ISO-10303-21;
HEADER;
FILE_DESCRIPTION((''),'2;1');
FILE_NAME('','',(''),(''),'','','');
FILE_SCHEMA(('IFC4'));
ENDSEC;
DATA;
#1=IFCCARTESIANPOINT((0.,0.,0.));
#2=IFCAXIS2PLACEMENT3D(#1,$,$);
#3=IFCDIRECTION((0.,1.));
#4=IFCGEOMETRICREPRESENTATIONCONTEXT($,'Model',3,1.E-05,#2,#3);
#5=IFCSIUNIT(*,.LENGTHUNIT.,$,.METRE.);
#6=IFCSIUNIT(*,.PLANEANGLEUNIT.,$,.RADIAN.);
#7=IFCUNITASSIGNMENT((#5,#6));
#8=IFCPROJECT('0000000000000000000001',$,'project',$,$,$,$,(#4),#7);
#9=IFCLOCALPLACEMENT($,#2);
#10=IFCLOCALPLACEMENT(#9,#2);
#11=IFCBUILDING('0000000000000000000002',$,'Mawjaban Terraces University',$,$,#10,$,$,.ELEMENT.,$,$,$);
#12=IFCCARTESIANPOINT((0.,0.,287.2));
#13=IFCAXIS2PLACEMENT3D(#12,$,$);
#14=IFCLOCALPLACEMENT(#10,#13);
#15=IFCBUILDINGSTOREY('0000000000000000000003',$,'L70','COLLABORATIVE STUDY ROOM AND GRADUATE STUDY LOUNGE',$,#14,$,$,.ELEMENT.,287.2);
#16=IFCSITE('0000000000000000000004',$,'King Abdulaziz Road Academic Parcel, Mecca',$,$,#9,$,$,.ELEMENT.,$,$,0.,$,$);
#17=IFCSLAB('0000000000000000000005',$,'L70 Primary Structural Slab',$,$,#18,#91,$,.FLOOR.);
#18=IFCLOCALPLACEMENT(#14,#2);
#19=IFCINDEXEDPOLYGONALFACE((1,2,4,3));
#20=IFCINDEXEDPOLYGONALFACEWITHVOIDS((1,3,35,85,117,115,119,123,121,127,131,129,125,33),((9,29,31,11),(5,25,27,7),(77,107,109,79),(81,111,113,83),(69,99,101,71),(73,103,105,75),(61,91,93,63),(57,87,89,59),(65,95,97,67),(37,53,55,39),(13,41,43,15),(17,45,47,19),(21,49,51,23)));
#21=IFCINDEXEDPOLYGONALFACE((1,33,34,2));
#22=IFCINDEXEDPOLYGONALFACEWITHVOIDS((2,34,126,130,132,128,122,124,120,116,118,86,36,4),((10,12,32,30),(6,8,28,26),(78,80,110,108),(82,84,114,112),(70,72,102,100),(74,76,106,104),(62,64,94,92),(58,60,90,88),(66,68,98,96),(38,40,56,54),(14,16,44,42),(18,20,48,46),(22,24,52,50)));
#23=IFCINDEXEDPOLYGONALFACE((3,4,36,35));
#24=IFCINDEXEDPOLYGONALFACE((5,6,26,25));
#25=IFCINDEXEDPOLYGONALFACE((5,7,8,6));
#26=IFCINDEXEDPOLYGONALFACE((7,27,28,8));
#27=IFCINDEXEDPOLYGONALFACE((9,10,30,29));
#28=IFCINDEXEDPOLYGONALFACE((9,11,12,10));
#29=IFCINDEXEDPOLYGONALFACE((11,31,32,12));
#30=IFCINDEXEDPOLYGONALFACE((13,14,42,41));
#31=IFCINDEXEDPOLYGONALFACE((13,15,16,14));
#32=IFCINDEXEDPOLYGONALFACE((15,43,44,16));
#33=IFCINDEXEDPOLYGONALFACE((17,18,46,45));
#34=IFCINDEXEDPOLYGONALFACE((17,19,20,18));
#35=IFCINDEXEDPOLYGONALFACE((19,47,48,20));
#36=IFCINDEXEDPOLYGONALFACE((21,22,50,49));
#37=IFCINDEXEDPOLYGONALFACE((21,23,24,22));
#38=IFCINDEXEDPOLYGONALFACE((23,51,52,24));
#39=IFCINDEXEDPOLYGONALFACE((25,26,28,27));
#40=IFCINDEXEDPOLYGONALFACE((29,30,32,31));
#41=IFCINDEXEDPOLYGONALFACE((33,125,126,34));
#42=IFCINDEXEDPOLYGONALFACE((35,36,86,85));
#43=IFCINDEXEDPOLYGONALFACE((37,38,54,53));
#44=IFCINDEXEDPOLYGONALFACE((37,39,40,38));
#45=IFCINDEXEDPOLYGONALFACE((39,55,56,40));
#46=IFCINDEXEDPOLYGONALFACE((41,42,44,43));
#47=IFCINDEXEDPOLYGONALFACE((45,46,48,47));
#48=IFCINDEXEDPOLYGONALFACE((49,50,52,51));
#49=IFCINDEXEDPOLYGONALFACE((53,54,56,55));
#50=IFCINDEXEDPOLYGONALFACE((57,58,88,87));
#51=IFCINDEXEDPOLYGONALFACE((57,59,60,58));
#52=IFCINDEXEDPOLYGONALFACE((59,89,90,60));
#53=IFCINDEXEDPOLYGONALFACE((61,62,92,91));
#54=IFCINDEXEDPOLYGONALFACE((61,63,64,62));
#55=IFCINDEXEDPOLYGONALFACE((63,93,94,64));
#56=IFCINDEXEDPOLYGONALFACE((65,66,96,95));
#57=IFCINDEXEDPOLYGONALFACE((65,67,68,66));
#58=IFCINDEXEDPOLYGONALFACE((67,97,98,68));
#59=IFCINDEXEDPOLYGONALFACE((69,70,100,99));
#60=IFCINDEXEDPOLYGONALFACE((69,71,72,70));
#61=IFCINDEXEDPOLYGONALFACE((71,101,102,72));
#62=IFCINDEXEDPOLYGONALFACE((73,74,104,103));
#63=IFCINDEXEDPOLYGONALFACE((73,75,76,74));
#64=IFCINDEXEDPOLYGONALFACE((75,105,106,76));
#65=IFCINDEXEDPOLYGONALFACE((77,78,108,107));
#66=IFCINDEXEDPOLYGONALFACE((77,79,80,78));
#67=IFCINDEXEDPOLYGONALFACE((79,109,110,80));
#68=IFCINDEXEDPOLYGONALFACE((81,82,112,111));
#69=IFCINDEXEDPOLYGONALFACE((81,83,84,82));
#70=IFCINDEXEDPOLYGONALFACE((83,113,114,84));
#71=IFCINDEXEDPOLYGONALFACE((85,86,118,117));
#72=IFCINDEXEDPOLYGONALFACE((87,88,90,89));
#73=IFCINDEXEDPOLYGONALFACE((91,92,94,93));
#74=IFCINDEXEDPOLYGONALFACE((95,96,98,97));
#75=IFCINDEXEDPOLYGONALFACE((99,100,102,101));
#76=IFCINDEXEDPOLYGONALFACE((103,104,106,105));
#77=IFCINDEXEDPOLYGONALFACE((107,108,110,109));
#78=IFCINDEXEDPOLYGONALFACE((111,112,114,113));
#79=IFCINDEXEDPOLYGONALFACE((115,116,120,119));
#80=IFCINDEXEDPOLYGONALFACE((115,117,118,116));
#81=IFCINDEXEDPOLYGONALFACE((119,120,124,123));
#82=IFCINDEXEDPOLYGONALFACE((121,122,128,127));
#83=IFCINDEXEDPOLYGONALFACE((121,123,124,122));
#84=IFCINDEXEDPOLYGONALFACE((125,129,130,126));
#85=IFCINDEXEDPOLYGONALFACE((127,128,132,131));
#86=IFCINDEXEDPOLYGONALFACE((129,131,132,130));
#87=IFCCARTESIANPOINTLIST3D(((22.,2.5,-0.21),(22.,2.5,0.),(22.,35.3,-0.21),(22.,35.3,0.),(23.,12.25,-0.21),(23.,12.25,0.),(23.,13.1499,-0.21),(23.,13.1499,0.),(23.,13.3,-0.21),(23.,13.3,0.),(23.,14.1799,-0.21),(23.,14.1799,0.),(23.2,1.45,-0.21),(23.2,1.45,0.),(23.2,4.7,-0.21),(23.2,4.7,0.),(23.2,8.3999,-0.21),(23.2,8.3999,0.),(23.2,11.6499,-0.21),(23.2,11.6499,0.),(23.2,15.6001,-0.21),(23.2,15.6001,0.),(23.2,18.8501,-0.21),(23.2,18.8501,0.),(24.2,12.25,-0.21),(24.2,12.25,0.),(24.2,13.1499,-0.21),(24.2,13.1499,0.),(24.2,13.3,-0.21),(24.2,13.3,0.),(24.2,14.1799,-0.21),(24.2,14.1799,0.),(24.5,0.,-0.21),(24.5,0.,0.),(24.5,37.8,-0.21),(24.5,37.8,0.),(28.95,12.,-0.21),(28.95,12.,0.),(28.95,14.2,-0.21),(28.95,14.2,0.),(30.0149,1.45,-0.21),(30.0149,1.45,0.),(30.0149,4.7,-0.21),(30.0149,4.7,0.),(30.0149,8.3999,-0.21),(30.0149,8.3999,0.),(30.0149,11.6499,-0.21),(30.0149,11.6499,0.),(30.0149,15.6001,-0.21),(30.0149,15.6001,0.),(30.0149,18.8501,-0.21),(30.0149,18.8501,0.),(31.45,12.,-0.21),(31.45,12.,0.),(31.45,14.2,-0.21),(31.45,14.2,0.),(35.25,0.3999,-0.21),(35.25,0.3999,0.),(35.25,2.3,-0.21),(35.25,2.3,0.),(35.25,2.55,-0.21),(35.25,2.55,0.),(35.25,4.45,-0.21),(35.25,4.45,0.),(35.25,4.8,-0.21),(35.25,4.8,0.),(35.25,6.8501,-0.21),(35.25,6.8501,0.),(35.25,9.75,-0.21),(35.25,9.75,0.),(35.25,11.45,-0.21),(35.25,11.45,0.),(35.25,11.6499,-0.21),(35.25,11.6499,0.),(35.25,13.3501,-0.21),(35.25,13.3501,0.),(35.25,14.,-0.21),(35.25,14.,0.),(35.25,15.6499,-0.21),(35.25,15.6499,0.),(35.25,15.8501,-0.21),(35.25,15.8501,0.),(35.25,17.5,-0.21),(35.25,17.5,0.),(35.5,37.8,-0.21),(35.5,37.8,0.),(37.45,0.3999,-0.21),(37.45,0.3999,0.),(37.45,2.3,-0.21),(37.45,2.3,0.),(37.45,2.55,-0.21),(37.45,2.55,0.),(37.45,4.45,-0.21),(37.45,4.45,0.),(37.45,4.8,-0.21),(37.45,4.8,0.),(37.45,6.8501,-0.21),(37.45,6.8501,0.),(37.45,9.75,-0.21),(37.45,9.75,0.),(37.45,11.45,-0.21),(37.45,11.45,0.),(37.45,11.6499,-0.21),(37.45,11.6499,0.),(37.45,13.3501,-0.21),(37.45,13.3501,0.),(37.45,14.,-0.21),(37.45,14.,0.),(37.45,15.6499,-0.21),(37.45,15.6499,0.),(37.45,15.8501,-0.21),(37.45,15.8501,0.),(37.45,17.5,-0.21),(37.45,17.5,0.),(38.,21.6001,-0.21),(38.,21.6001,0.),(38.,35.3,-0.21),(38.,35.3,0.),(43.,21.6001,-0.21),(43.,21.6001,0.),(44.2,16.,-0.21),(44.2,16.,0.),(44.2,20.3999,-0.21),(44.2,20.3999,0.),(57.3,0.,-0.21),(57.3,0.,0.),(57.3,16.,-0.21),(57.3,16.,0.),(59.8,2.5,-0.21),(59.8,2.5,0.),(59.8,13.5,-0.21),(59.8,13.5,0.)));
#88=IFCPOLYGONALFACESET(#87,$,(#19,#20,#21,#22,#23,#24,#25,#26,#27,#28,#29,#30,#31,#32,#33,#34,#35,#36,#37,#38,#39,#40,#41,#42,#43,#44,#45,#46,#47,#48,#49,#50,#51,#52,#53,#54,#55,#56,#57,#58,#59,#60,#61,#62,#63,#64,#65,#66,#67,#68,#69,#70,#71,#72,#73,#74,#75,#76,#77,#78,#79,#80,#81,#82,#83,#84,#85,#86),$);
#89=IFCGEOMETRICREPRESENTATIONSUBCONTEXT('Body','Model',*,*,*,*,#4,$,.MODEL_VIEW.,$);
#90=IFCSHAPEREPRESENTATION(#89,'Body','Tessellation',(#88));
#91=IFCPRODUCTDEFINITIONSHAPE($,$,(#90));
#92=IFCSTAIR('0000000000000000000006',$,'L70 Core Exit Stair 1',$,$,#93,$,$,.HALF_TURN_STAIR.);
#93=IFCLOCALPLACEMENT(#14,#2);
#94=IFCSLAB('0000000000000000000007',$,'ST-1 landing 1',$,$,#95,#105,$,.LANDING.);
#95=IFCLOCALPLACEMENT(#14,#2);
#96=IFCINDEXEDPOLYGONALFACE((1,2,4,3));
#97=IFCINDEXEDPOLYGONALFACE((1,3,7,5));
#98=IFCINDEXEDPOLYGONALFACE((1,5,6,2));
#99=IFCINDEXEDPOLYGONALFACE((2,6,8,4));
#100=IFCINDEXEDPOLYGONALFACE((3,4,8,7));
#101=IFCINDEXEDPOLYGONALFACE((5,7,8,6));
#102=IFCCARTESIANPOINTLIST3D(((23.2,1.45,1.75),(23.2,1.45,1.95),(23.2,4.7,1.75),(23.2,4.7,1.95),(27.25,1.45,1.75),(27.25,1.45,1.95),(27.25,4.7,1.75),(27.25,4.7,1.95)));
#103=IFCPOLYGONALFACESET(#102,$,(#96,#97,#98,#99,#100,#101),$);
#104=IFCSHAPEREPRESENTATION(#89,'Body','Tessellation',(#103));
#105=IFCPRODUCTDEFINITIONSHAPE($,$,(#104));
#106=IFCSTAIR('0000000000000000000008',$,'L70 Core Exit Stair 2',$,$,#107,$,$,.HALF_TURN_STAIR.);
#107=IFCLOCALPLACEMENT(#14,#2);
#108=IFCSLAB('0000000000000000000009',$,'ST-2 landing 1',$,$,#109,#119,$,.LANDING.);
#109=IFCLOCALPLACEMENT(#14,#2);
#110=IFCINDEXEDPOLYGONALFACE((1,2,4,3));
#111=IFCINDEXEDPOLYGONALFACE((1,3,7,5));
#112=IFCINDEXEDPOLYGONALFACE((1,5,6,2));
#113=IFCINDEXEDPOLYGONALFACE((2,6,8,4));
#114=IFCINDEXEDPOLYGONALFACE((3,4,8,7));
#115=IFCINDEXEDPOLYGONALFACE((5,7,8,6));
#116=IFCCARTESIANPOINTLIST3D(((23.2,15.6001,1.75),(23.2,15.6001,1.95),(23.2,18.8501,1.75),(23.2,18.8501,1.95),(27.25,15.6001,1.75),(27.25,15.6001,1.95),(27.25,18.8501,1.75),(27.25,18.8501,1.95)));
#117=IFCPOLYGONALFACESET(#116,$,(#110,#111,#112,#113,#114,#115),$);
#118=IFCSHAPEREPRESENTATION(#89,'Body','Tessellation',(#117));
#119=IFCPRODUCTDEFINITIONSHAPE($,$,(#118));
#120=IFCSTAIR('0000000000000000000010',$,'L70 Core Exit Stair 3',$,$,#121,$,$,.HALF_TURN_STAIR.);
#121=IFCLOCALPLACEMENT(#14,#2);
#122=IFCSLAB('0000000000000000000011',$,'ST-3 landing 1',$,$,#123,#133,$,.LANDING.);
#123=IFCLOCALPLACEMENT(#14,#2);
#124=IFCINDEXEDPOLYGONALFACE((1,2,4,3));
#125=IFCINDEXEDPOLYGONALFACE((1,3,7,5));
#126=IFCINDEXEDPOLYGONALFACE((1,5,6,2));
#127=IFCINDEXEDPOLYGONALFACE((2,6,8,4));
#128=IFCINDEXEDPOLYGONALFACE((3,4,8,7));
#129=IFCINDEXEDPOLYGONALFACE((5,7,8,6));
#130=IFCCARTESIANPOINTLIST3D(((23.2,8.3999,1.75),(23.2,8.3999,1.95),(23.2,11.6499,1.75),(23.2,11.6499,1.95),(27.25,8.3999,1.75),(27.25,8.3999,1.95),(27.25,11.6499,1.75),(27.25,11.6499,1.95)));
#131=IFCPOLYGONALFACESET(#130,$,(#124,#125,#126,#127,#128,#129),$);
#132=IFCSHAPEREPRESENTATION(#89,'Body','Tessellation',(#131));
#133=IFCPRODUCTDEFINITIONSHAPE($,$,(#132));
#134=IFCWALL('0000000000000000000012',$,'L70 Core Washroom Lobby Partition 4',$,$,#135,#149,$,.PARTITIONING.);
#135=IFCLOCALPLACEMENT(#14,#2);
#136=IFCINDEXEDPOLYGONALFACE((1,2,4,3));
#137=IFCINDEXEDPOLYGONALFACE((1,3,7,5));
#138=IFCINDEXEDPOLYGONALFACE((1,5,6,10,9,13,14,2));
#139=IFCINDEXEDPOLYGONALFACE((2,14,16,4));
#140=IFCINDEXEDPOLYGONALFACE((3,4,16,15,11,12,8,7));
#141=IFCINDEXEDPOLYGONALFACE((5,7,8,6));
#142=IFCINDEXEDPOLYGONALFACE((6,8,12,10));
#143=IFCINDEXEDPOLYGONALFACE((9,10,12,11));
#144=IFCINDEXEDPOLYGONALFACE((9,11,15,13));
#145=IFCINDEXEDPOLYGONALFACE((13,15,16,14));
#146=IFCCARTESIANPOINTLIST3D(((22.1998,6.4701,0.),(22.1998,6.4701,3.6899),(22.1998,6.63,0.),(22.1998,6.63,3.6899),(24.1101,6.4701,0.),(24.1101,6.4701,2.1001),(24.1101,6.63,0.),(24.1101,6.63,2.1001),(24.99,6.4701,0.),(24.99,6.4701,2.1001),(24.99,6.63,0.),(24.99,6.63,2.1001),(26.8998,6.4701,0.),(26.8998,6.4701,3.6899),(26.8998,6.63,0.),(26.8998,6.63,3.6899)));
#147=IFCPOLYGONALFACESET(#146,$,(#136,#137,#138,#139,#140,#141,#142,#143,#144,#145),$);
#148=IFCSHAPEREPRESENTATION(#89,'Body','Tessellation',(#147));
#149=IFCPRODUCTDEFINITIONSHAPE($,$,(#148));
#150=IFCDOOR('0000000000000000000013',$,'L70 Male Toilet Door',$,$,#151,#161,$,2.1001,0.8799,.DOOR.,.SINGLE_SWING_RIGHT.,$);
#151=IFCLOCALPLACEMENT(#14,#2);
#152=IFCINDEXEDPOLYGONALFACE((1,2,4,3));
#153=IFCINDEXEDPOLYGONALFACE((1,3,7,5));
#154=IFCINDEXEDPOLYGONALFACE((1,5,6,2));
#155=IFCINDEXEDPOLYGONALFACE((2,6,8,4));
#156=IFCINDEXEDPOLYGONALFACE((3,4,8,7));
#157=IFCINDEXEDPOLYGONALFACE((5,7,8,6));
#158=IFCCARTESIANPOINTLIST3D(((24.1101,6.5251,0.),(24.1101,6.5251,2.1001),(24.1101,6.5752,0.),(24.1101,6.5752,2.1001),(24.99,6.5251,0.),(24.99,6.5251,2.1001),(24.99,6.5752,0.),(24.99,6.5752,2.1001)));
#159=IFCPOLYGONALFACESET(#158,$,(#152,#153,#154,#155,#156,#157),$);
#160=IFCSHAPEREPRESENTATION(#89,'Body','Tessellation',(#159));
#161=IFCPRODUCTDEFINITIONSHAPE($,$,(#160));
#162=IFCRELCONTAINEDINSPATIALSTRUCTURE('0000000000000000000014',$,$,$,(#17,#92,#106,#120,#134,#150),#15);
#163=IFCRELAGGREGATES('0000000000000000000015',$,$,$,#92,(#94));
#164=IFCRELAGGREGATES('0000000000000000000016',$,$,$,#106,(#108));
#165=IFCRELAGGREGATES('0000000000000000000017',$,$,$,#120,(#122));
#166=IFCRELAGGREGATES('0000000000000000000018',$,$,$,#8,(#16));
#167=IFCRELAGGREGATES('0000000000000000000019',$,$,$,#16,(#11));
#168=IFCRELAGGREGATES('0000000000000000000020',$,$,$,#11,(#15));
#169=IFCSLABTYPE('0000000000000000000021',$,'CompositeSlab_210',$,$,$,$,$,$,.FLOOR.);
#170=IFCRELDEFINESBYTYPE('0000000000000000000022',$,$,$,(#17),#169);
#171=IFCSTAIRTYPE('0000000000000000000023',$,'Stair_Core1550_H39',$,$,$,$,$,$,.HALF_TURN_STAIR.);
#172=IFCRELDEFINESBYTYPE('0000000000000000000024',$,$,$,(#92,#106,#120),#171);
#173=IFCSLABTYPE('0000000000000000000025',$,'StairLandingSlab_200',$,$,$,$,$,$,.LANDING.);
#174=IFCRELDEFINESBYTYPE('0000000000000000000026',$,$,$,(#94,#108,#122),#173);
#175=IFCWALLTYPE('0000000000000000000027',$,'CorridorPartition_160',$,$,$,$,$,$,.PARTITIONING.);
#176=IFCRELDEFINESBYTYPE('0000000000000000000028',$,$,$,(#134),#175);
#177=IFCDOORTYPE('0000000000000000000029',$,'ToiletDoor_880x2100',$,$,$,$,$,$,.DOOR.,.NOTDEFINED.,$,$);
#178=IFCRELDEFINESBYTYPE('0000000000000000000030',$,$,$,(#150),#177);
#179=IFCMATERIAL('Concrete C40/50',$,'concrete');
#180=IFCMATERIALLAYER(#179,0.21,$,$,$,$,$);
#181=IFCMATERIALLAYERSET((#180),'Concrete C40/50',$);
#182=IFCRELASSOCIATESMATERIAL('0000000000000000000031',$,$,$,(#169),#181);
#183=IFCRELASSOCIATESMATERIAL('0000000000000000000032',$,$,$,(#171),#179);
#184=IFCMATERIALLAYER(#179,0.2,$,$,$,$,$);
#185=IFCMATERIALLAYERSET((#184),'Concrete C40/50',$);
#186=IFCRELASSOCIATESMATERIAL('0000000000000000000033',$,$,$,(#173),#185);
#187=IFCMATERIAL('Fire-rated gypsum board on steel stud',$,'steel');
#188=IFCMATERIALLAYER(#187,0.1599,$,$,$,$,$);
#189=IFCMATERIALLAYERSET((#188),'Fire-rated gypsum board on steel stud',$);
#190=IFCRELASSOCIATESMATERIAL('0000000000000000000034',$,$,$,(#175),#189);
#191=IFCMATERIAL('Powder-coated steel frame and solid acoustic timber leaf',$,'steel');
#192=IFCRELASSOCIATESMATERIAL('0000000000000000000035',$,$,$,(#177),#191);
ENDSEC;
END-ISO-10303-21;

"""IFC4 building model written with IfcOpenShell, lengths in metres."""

from ifc_helpers import new_model, si_unit, direction, frame, frame_2d, origin, place, context, subcontext, project, spatial, polyline, rectangle, outline, extrude, material, layer, layer_set, type_object, element, fill, aggregate, save


model = new_model("IFC4")

# Units and contexts
model_context = context("Model", 3, precision=1e-05, world=origin(), true_north=direction((0.0, 1.0)))
body_context = subcontext(model_context, "Body", "Model", "MODEL_VIEW")
ifc_project = project(units=[si_unit("LENGTHUNIT", "METRE"), si_unit("PLANEANGLEUNIT", "RADIAN")], contexts=[model_context])

# Site, building, storey
site_placement = place(None, origin())
site = spatial("IfcSite", under=ifc_project, at=site_placement, Name="King Abdulaziz Road Academic Parcel, Mecca", CompositionType="ELEMENT", RefElevation=0.0)
building_placement = place(site_placement, origin())
building = spatial("IfcBuilding", under=site, at=building_placement, Name="Mawjaban Terraces University", CompositionType="ELEMENT")
storey_placement = place(building_placement, frame((0.0, 0.0, 287.2)))
storey = spatial("IfcBuildingStorey", under=building, at=storey_placement, Name="L70", Description="COLLABORATIVE STUDY ROOM AND GRADUATE STUDY LOUNGE", CompositionType="ELEMENT", Elevation=287.2)

# Slab
ifc_material_1 = material(Name="Concrete C40/50", Category="concrete")
ifc_layer_1 = layer(ifc_material_1, 0.21)
ifc_layer_set_1 = layer_set([ifc_layer_1], Name="Concrete C40/50")
slab_type_1 = type_object("IfcSlabType", Name="CompositeSlab_210", PredefinedType="FLOOR", material=ifc_layer_set_1)
slab_1_placement = place(storey_placement, frame((0.0, 0.0, -0.21)))
element("IfcSlab", 1, at=slab_1_placement, inside=storey, type_object=slab_type_1, Name="L70 Primary Structural Slab", PredefinedType="FLOOR", context=body_context, shape_type="SweptSolid", body=[
    extrude(outline(polyline([(24.5, 0.0), (57.3, 0.0), (59.8, 2.5), (59.8, 13.5), (57.3, 16.0), (44.2, 16.0), (44.2, 20.3999), (43.0, 21.6001), (38.0, 21.6001), (38.0, 35.3), (35.5, 37.8), (24.5, 37.8), (22.0, 35.3), (22.0, 2.5), (24.5, 0.0)]), holes=[polyline([(30.0149, 4.7), (23.2, 4.7), (23.2, 1.45), (30.0149, 1.45), (30.0149, 4.7)]), polyline([(30.0149, 18.8501), (23.2, 18.8501), (23.2, 15.6001), (30.0149, 15.6001), (30.0149, 18.8501)]), polyline([(30.0149, 11.6499), (23.2, 11.6499), (23.2, 8.3999), (30.0149, 8.3999), (30.0149, 11.6499)]), polyline([(35.25, 0.3999), (37.45, 0.3999), (37.45, 2.3), (35.25, 2.3), (35.25, 0.3999)]), polyline([(35.25, 2.55), (37.45, 2.55), (37.45, 4.45), (35.25, 4.45), (35.25, 2.55)]), polyline([(35.25, 4.8), (37.45, 4.8), (37.45, 6.8501), (35.25, 6.8501), (35.25, 4.8)]), polyline([(35.25, 9.75), (37.45, 9.75), (37.45, 11.45), (35.25, 11.45), (35.25, 9.75)]), polyline([(35.25, 11.6499), (37.45, 11.6499), (37.45, 13.3501), (35.25, 13.3501), (35.25, 11.6499)]), polyline([(28.95, 12.0), (31.45, 12.0), (31.45, 14.2), (28.95, 14.2), (28.95, 12.0)]), polyline([(35.25, 14.0), (37.45, 14.0), (37.45, 15.6499), (35.25, 15.6499), (35.25, 14.0)]), polyline([(35.25, 15.8501), (37.45, 15.8501), (37.45, 17.5), (35.25, 17.5), (35.25, 15.8501)]), polyline([(23.0, 12.25), (24.2, 12.25), (24.2, 13.1499), (23.0, 13.1499), (23.0, 12.25)]), polyline([(23.0, 13.3), (24.2, 13.3), (24.2, 14.1799), (23.0, 14.1799), (23.0, 13.3)])]), origin(), (0.0, 0.0, 1.0), 0.21),
])

# Stairs, slabs
stair_type = type_object("IfcStairType", Name="Stair_Core1550_H39", PredefinedType="HALF_TURN_STAIR", material=ifc_material_1)
stair_1_placement = place(storey_placement, origin())
stair_1 = element("IfcStair", 2, at=stair_1_placement, inside=storey, type_object=stair_type, Name="L70 Core Exit Stair 1", PredefinedType="HALF_TURN_STAIR")
ifc_layer_2 = layer(ifc_material_1, 0.2)
ifc_layer_set_2 = layer_set([ifc_layer_2], Name="Concrete C40/50")
slab_type_2 = type_object("IfcSlabType", Name="StairLandingSlab_200", PredefinedType="LANDING", material=ifc_layer_set_2)
slab_2_placement = place(storey_placement, frame((0.0, 0.0, 1.75)))
slab_2 = element("IfcSlab", 3, at=slab_2_placement, type_object=slab_type_2, Name="ST-1 landing 1", PredefinedType="LANDING", context=body_context, shape_type="SweptSolid", body=[
    extrude(outline(polyline([(27.25, 4.7), (23.2, 4.7), (23.2, 1.45), (27.25, 1.45), (27.25, 4.7)])), origin(), (0.0, 0.0, 1.0), 0.2),
])
aggregate(stair_1, [slab_2])
stair_2_placement = place(storey_placement, origin())
stair_2 = element("IfcStair", 4, at=stair_2_placement, inside=storey, type_object=stair_type, Name="L70 Core Exit Stair 2", PredefinedType="HALF_TURN_STAIR")
slab_3_placement = place(storey_placement, frame((0.0, 0.0, 1.75)))
slab_3 = element("IfcSlab", 5, at=slab_3_placement, type_object=slab_type_2, Name="ST-2 landing 1", PredefinedType="LANDING", context=body_context, shape_type="SweptSolid", body=[
    extrude(outline(polyline([(27.25, 18.8501), (23.2, 18.8501), (23.2, 15.6001), (27.25, 15.6001), (27.25, 18.8501)])), origin(), (0.0, 0.0, 1.0), 0.2),
])
aggregate(stair_2, [slab_3])
stair_3_placement = place(storey_placement, origin())
stair_3 = element("IfcStair", 6, at=stair_3_placement, inside=storey, type_object=stair_type, Name="L70 Core Exit Stair 3", PredefinedType="HALF_TURN_STAIR")
slab_4_placement = place(storey_placement, frame((0.0, 0.0, 1.75)))
slab_4 = element("IfcSlab", 7, at=slab_4_placement, type_object=slab_type_2, Name="ST-3 landing 1", PredefinedType="LANDING", context=body_context, shape_type="SweptSolid", body=[
    extrude(outline(polyline([(27.25, 11.6499), (23.2, 11.6499), (23.2, 8.3999), (27.25, 8.3999), (27.25, 11.6499)])), origin(), (0.0, 0.0, 1.0), 0.2),
])
aggregate(stair_3, [slab_4])

# Wall, opening, door
ifc_material_2 = material(Name="Fire-rated gypsum board on steel stud", Category="steel")
ifc_layer_3 = layer(ifc_material_2, 0.1599)
ifc_layer_set_3 = layer_set([ifc_layer_3], Name="Fire-rated gypsum board on steel stud")
wall_type_1 = type_object("IfcWallType", Name="CorridorPartition_160", PredefinedType="PARTITIONING", material=ifc_layer_set_3)
wall_1_placement = place(storey_placement, frame((26.8999, 6.55, 0.0), z_axis=(0.0, 0.0, 1.0), x_axis=(-1.0, 0.0, 0.0)))
wall_1 = element("IfcWall", 8, at=wall_1_placement, inside=storey, type_object=wall_type_1, Name="L70 Core Washroom Lobby Partition 4", PredefinedType="PARTITIONING", context=body_context, shape_type="SweptSolid", body=[
    extrude(rectangle(XDim=4.7, YDim=0.1599, at=frame_2d((2.3501, 0.0))), origin(), (0.0, 0.0, 1.0), 3.6899),
])
opening_1_placement = place(wall_1_placement, frame((1.9099, 0.0, 0.0)))
opening_1 = element("IfcOpeningElement", 9, at=opening_1_placement, cuts=wall_1, PredefinedType="OPENING", context=body_context, shape_type="SweptSolid", body=[
    extrude(rectangle(XDim=0.8799, YDim=2.1001, at=frame_2d((0.4399, 1.05))), frame((0.0, 0.0898, 0.0), z_axis=(0.0, -1.0, 0.0), x_axis=(1.0, 0.0, 0.0)), (0.0, 0.0, 1.0), 0.1799),
])
ifc_material_3 = material(Name="Powder-coated steel frame and solid acoustic timber leaf", Category="steel")
door_type = type_object("IfcDoorType", Name="ToiletDoor_880x2100", OperationType="NOTDEFINED", PredefinedType="DOOR", material=ifc_material_3)
door_placement = place(opening_1_placement, origin())
door = element("IfcDoor", 10, at=door_placement, inside=storey, type_object=door_type, Name="L70 Male Toilet Door", OperationType="SINGLE_SWING_RIGHT", OverallHeight=2.1001, OverallWidth=0.8799, PredefinedType="DOOR", context=body_context, shape_type="SweptSolid", body=[
    extrude(rectangle(XDim=0.8799, YDim=2.1001, at=frame_2d((0.4399, 1.05))), frame((0.0, 0.0249, 0.0), z_axis=(0.0, -1.0, 0.0), x_axis=(1.0, 0.0, 0.0)), (0.0, 0.0, 1.0), 0.05),
])
fill(opening_1, door)

save(model, "model.ifc")
